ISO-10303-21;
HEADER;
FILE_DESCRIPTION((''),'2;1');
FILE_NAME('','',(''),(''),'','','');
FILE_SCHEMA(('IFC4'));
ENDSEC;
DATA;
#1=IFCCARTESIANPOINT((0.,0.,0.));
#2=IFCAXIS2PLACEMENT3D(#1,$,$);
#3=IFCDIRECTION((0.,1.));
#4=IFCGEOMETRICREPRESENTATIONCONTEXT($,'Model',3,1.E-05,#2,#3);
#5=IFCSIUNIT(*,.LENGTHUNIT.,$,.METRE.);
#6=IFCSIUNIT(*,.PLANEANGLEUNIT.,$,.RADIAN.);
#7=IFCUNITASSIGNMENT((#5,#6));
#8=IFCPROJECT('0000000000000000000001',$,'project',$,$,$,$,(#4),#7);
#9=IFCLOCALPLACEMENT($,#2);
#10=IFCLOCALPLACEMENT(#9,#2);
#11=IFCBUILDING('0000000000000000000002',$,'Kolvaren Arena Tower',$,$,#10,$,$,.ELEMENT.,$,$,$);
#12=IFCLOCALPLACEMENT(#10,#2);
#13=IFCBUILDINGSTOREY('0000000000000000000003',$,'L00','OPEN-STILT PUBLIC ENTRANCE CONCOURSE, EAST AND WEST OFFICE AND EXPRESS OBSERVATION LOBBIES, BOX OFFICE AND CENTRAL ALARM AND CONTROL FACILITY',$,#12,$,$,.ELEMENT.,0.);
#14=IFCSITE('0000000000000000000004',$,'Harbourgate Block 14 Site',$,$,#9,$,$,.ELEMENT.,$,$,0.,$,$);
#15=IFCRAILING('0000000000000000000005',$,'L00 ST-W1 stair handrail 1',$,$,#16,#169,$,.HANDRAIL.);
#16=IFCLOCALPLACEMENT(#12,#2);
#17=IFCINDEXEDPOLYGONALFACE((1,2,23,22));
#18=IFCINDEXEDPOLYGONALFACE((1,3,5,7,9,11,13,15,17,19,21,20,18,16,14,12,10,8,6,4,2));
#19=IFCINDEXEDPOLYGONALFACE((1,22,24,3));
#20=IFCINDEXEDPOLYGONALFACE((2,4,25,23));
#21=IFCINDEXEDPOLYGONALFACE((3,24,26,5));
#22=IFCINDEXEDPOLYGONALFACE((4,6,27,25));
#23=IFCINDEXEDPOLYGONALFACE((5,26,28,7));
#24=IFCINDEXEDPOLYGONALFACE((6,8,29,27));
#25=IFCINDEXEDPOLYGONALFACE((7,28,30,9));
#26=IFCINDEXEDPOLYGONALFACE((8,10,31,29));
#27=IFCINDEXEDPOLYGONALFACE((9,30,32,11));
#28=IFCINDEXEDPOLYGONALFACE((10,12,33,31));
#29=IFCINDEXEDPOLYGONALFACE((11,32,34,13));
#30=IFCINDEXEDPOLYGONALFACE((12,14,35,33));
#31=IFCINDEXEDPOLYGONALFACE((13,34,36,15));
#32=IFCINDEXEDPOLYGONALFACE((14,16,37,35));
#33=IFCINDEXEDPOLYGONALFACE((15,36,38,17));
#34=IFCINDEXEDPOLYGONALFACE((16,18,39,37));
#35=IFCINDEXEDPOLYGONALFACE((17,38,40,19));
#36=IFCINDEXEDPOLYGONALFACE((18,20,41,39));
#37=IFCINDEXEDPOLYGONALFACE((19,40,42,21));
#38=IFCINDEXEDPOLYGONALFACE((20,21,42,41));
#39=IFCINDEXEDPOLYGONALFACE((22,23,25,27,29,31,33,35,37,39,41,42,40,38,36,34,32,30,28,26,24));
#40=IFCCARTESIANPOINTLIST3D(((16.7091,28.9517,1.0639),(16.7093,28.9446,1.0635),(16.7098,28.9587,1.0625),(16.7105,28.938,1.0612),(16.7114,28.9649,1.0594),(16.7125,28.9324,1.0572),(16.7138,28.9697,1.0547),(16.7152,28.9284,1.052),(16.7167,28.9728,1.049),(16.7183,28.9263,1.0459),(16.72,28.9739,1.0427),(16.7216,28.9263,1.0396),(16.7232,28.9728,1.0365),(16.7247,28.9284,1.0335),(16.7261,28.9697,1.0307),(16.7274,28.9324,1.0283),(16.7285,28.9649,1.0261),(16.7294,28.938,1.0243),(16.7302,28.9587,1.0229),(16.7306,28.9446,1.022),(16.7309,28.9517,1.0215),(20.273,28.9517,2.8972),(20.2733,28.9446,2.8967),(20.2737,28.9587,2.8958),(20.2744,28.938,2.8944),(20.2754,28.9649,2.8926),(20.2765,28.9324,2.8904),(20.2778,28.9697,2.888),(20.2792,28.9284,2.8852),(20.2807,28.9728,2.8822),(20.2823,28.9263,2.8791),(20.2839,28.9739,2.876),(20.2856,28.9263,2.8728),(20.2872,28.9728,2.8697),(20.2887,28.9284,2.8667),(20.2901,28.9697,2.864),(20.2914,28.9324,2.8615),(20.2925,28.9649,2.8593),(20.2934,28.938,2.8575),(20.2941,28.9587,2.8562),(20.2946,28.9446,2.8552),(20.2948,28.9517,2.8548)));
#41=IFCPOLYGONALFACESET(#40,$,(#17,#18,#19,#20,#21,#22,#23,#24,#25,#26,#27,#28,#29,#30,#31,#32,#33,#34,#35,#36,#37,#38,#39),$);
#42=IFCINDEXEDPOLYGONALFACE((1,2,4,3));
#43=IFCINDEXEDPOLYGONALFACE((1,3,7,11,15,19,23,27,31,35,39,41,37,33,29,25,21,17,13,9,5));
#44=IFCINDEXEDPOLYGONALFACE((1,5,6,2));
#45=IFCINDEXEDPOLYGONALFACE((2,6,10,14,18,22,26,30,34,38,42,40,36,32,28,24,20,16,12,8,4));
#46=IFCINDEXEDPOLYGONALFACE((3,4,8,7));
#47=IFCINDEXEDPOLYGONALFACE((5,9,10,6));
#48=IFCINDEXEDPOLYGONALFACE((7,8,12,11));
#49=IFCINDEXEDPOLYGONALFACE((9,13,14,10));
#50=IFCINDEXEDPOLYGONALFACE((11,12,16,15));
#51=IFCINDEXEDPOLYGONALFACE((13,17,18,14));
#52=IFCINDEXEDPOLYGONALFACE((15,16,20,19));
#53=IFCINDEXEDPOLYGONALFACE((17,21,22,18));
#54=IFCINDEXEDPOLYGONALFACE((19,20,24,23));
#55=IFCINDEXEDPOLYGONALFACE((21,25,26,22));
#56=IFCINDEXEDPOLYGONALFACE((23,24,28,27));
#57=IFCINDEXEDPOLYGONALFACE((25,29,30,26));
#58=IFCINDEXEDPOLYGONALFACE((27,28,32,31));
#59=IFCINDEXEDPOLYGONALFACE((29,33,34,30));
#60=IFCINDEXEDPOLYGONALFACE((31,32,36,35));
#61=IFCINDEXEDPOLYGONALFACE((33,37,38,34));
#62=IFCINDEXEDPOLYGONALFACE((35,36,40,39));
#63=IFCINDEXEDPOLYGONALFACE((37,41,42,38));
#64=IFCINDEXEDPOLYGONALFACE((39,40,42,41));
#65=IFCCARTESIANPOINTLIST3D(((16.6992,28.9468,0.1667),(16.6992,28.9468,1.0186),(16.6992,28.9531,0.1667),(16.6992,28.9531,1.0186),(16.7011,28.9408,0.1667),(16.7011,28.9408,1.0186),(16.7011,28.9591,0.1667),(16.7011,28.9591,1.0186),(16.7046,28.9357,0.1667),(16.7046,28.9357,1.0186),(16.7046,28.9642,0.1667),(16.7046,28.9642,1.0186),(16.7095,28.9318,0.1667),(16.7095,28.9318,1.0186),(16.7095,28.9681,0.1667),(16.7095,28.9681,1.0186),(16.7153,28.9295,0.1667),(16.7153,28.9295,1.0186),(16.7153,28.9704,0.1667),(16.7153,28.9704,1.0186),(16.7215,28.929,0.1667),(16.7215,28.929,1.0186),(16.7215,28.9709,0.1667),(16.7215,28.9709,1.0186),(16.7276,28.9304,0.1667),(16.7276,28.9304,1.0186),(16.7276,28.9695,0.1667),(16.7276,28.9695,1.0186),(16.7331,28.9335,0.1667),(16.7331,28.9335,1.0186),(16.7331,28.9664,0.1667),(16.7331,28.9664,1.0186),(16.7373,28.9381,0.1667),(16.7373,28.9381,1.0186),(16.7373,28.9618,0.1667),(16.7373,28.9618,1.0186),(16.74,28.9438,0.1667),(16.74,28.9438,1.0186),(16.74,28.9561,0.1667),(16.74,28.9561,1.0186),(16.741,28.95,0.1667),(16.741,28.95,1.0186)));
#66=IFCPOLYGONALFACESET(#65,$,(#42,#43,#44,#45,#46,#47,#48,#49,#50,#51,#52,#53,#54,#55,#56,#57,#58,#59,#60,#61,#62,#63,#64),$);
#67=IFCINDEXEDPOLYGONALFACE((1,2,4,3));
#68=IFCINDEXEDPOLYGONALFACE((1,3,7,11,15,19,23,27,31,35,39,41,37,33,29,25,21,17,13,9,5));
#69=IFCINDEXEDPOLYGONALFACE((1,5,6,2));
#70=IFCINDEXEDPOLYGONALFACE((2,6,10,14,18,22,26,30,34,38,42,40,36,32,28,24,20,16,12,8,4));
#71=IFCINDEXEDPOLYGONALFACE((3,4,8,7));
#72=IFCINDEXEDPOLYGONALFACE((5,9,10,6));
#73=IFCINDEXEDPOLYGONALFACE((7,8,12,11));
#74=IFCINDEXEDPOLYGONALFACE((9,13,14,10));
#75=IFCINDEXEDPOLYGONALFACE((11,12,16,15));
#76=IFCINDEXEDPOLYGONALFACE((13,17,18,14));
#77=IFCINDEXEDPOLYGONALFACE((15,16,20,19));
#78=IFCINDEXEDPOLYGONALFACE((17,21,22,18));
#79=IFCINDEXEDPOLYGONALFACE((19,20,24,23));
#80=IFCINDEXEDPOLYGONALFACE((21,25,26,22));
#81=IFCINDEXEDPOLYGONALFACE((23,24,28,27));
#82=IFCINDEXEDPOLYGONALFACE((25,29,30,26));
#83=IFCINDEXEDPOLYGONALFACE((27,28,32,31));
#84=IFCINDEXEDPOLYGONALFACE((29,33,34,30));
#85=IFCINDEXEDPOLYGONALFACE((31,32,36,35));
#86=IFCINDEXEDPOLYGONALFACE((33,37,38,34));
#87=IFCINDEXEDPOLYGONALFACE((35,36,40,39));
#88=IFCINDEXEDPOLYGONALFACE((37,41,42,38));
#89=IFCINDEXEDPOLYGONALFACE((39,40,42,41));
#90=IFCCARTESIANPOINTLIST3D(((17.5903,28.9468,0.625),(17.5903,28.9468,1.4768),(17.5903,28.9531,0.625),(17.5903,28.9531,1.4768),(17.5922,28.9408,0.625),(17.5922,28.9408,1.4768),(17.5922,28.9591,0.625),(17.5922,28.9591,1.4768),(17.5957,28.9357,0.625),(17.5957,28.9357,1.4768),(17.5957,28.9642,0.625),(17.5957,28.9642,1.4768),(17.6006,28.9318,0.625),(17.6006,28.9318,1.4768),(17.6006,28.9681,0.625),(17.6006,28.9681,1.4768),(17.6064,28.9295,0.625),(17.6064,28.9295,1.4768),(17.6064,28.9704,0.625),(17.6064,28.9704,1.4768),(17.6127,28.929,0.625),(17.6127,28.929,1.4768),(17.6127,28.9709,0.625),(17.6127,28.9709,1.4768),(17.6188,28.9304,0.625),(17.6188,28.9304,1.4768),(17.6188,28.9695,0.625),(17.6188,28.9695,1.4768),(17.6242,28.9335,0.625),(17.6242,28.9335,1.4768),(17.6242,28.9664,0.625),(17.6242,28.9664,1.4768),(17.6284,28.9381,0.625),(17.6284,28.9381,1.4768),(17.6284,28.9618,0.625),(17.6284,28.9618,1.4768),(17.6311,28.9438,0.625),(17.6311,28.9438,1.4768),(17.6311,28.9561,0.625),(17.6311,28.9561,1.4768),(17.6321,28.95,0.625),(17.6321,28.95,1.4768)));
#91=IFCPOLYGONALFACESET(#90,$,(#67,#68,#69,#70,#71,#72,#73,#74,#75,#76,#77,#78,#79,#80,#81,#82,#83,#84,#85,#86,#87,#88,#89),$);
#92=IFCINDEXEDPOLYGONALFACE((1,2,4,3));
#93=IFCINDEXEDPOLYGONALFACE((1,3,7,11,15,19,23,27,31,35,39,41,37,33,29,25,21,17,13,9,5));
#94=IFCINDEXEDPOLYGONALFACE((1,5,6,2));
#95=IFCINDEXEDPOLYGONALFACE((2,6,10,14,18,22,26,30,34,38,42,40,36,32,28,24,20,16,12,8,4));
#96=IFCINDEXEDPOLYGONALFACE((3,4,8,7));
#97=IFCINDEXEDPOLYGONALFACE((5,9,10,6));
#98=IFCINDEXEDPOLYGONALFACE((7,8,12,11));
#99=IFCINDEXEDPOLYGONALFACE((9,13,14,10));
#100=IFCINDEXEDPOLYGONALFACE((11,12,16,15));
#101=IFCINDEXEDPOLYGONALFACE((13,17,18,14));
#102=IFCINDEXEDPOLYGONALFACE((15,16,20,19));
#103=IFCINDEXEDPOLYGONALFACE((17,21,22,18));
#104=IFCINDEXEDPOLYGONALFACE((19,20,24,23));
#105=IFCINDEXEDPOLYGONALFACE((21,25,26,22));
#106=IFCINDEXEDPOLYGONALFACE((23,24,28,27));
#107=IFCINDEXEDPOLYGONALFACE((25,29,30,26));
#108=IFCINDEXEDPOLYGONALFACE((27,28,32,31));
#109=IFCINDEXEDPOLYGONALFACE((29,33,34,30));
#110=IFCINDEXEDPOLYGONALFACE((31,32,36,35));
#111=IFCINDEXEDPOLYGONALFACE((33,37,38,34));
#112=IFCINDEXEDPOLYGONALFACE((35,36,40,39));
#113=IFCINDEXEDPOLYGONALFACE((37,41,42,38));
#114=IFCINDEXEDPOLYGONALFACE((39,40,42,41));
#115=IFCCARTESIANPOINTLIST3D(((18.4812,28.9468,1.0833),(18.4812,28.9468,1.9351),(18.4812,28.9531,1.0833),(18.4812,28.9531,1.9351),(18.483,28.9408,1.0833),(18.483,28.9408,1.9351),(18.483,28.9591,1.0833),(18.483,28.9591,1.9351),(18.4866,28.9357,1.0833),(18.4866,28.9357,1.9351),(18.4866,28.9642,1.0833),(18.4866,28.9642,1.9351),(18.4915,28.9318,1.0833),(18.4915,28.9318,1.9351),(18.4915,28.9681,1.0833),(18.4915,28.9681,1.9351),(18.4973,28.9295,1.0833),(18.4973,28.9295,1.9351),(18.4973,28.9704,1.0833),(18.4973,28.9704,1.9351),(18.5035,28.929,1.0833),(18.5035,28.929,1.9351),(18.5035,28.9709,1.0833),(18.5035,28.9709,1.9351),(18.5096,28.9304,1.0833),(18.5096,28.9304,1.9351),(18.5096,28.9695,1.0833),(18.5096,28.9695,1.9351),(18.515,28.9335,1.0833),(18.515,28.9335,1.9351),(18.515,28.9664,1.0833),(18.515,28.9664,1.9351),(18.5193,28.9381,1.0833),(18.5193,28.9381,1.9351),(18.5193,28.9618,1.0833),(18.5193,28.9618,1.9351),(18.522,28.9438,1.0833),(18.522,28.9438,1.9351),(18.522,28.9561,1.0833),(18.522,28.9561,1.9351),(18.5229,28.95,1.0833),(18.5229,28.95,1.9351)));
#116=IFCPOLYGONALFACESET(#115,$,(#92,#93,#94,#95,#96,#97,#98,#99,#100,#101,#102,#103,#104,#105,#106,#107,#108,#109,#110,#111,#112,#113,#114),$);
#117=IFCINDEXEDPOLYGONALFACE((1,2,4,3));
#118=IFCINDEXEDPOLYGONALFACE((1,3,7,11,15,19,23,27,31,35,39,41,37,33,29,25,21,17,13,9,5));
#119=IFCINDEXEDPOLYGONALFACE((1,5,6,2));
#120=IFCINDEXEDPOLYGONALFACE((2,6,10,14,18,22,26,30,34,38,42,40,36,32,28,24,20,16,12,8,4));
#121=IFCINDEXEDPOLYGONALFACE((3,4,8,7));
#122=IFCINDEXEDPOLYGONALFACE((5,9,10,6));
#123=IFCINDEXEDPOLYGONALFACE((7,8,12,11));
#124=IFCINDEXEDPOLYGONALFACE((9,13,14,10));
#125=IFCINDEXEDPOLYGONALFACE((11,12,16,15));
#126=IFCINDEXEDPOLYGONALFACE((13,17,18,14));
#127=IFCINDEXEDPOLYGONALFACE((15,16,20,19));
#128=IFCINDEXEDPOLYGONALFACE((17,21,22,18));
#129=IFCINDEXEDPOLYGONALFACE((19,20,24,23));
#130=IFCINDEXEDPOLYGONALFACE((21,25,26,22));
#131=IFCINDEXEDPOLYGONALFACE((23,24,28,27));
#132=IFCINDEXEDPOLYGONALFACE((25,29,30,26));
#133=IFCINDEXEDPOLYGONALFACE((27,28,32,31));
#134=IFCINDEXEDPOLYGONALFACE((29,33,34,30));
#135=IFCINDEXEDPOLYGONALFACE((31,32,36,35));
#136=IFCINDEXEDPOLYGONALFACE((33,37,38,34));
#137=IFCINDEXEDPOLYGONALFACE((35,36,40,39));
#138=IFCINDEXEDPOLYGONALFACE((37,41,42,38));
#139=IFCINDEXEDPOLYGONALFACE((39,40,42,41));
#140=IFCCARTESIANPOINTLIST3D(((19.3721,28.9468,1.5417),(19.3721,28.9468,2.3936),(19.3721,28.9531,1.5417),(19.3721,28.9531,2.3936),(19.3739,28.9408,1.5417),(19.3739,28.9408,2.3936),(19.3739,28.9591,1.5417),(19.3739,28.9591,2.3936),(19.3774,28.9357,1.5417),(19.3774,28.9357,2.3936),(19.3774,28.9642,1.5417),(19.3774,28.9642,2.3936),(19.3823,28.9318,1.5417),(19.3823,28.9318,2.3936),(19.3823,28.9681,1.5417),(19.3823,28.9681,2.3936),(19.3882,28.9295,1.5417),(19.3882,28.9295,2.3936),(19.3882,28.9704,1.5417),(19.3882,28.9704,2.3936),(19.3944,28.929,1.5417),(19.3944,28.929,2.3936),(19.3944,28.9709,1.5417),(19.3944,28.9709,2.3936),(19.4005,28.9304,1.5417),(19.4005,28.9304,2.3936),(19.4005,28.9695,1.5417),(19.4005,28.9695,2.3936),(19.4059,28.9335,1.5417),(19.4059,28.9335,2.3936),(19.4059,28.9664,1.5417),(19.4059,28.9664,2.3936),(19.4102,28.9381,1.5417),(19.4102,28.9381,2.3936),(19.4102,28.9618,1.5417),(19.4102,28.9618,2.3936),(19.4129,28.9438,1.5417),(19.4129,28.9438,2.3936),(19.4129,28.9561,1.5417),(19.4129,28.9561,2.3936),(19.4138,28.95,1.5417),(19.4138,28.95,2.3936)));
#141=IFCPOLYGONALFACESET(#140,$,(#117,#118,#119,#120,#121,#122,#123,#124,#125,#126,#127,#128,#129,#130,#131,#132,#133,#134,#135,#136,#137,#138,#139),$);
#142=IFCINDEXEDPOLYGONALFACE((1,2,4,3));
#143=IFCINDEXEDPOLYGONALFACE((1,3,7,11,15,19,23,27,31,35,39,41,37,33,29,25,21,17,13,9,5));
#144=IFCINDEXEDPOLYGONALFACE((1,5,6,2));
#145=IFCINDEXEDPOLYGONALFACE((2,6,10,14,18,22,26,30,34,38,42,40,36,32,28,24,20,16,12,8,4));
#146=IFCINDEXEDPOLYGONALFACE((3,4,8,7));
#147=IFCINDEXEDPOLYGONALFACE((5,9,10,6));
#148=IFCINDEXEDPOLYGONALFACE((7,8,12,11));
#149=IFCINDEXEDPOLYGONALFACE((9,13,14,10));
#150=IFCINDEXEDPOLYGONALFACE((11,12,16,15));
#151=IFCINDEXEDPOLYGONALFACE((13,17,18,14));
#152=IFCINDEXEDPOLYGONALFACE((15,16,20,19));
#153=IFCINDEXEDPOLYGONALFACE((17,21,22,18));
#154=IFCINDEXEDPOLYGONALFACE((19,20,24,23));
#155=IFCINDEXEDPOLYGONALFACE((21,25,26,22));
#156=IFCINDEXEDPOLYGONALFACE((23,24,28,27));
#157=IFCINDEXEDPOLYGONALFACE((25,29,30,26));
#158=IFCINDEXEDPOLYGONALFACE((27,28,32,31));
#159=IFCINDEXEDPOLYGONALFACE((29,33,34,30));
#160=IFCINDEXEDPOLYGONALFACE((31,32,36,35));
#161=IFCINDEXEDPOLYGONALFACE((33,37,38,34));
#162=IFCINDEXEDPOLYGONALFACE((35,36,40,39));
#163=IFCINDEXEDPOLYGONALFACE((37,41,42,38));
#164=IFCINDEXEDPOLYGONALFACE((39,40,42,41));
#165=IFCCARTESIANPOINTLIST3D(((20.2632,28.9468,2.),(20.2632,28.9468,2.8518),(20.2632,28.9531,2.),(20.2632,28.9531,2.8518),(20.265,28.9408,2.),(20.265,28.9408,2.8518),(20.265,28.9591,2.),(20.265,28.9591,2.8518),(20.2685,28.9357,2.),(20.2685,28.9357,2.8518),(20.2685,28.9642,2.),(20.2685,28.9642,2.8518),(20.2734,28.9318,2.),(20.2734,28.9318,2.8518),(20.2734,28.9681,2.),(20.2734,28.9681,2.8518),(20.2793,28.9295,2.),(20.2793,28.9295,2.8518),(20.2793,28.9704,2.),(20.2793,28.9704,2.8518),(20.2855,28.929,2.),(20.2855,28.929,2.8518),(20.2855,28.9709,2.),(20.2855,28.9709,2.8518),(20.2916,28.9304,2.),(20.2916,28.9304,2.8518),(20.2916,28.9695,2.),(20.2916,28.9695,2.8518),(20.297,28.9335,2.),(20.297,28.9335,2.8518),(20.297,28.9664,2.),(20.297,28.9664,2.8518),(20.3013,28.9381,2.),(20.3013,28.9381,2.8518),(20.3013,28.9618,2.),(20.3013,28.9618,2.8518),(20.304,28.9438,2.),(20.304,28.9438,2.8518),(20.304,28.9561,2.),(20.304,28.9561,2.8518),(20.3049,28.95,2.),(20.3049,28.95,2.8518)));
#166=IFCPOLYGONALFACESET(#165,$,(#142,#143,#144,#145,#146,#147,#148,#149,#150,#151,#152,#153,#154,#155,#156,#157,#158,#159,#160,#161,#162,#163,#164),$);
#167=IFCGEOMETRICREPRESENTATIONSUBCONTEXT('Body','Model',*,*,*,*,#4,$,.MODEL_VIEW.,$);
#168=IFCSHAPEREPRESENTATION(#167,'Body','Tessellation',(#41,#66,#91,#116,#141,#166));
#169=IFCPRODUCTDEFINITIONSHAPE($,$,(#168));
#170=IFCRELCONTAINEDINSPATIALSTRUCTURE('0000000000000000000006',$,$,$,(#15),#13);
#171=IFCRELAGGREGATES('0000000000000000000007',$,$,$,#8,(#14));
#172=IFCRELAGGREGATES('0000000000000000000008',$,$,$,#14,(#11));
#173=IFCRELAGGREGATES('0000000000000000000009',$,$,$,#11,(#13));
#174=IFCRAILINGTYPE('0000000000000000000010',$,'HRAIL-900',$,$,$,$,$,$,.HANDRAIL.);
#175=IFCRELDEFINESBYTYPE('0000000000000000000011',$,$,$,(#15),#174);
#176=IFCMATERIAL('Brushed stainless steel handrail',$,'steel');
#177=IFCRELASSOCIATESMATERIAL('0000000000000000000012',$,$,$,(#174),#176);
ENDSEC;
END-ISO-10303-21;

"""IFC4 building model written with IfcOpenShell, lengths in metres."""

from ifc_helpers import new_model, si_unit, direction, frame, origin, origin_2d, place, context, subcontext, project, spatial, circle, extrude, material, type_object, element, save


model = new_model("IFC4")

# Units and contexts
model_context = context("Model", 3, precision=1e-05, world=origin(), true_north=direction((0.0, 1.0)))
body_context = subcontext(model_context, "Body", "Model", "MODEL_VIEW")
ifc_project = project(units=[si_unit("LENGTHUNIT", "METRE"), si_unit("PLANEANGLEUNIT", "RADIAN")], contexts=[model_context])

# Site, building, storey
site_placement = place(None, origin())
site = spatial("IfcSite", under=ifc_project, at=site_placement, Name="Harbourgate Block 14 Site", CompositionType="ELEMENT", RefElevation=0.0)
building_placement = place(site_placement, origin())
building = spatial("IfcBuilding", under=site, at=building_placement, Name="Kolvaren Arena Tower", CompositionType="ELEMENT")
storey_placement = place(building_placement, origin())
storey = spatial("IfcBuildingStorey", under=building, at=storey_placement, Name="L00", Description="OPEN-STILT PUBLIC ENTRANCE CONCOURSE, EAST AND WEST OFFICE AND EXPRESS OBSERVATION LOBBIES, BOX OFFICE AND CENTRAL ALARM AND CONTROL FACILITY", CompositionType="ELEMENT", Elevation=0.0)

# Railing
ifc_material_1 = material(Name="Brushed stainless steel handrail", Category="steel")
railing_type_1 = type_object("IfcRailingType", Name="HRAIL-900", PredefinedType="HANDRAIL", material=ifc_material_1)
railing_1_placement = place(storey_placement, frame((16.72, 28.95, 0.1667)))
element("IfcRailing", 1, at=railing_1_placement, inside=storey, type_object=railing_type_1, Name="L00 ST-W1 stair handrail 1", PredefinedType="HANDRAIL", context=body_context, shape_type="SweptSolid", body=[
    extrude(circle(Radius=0.0239, at=origin_2d()), frame((0.0, 0.0, 0.876), z_axis=(0.889252, 0.0, 0.457418), x_axis=(0.0, 1.0, 0.0)), (0.0, 0.0, 1.0), 4.0078),
    extrude(circle(Radius=0.021, at=origin_2d()), origin(), (0.0, 0.0, 1.0), 0.8518),
    extrude(circle(Radius=0.021, at=origin_2d()), frame((0.8911, 0.0, 0.4583)), (0.0, 0.0, 1.0), 0.8518),
    extrude(circle(Radius=0.021, at=origin_2d()), frame((1.782, 0.0, 0.9165)), (0.0, 0.0, 1.0), 0.8518),
    extrude(circle(Radius=0.021, at=origin_2d()), frame((2.6729, 0.0, 1.375)), (0.0, 0.0, 1.0), 0.8518),
    extrude(circle(Radius=0.021, at=origin_2d()), frame((3.564, 0.0, 1.8333)), (0.0, 0.0, 1.0), 0.8518),
])

save(model, "model.ifc")
